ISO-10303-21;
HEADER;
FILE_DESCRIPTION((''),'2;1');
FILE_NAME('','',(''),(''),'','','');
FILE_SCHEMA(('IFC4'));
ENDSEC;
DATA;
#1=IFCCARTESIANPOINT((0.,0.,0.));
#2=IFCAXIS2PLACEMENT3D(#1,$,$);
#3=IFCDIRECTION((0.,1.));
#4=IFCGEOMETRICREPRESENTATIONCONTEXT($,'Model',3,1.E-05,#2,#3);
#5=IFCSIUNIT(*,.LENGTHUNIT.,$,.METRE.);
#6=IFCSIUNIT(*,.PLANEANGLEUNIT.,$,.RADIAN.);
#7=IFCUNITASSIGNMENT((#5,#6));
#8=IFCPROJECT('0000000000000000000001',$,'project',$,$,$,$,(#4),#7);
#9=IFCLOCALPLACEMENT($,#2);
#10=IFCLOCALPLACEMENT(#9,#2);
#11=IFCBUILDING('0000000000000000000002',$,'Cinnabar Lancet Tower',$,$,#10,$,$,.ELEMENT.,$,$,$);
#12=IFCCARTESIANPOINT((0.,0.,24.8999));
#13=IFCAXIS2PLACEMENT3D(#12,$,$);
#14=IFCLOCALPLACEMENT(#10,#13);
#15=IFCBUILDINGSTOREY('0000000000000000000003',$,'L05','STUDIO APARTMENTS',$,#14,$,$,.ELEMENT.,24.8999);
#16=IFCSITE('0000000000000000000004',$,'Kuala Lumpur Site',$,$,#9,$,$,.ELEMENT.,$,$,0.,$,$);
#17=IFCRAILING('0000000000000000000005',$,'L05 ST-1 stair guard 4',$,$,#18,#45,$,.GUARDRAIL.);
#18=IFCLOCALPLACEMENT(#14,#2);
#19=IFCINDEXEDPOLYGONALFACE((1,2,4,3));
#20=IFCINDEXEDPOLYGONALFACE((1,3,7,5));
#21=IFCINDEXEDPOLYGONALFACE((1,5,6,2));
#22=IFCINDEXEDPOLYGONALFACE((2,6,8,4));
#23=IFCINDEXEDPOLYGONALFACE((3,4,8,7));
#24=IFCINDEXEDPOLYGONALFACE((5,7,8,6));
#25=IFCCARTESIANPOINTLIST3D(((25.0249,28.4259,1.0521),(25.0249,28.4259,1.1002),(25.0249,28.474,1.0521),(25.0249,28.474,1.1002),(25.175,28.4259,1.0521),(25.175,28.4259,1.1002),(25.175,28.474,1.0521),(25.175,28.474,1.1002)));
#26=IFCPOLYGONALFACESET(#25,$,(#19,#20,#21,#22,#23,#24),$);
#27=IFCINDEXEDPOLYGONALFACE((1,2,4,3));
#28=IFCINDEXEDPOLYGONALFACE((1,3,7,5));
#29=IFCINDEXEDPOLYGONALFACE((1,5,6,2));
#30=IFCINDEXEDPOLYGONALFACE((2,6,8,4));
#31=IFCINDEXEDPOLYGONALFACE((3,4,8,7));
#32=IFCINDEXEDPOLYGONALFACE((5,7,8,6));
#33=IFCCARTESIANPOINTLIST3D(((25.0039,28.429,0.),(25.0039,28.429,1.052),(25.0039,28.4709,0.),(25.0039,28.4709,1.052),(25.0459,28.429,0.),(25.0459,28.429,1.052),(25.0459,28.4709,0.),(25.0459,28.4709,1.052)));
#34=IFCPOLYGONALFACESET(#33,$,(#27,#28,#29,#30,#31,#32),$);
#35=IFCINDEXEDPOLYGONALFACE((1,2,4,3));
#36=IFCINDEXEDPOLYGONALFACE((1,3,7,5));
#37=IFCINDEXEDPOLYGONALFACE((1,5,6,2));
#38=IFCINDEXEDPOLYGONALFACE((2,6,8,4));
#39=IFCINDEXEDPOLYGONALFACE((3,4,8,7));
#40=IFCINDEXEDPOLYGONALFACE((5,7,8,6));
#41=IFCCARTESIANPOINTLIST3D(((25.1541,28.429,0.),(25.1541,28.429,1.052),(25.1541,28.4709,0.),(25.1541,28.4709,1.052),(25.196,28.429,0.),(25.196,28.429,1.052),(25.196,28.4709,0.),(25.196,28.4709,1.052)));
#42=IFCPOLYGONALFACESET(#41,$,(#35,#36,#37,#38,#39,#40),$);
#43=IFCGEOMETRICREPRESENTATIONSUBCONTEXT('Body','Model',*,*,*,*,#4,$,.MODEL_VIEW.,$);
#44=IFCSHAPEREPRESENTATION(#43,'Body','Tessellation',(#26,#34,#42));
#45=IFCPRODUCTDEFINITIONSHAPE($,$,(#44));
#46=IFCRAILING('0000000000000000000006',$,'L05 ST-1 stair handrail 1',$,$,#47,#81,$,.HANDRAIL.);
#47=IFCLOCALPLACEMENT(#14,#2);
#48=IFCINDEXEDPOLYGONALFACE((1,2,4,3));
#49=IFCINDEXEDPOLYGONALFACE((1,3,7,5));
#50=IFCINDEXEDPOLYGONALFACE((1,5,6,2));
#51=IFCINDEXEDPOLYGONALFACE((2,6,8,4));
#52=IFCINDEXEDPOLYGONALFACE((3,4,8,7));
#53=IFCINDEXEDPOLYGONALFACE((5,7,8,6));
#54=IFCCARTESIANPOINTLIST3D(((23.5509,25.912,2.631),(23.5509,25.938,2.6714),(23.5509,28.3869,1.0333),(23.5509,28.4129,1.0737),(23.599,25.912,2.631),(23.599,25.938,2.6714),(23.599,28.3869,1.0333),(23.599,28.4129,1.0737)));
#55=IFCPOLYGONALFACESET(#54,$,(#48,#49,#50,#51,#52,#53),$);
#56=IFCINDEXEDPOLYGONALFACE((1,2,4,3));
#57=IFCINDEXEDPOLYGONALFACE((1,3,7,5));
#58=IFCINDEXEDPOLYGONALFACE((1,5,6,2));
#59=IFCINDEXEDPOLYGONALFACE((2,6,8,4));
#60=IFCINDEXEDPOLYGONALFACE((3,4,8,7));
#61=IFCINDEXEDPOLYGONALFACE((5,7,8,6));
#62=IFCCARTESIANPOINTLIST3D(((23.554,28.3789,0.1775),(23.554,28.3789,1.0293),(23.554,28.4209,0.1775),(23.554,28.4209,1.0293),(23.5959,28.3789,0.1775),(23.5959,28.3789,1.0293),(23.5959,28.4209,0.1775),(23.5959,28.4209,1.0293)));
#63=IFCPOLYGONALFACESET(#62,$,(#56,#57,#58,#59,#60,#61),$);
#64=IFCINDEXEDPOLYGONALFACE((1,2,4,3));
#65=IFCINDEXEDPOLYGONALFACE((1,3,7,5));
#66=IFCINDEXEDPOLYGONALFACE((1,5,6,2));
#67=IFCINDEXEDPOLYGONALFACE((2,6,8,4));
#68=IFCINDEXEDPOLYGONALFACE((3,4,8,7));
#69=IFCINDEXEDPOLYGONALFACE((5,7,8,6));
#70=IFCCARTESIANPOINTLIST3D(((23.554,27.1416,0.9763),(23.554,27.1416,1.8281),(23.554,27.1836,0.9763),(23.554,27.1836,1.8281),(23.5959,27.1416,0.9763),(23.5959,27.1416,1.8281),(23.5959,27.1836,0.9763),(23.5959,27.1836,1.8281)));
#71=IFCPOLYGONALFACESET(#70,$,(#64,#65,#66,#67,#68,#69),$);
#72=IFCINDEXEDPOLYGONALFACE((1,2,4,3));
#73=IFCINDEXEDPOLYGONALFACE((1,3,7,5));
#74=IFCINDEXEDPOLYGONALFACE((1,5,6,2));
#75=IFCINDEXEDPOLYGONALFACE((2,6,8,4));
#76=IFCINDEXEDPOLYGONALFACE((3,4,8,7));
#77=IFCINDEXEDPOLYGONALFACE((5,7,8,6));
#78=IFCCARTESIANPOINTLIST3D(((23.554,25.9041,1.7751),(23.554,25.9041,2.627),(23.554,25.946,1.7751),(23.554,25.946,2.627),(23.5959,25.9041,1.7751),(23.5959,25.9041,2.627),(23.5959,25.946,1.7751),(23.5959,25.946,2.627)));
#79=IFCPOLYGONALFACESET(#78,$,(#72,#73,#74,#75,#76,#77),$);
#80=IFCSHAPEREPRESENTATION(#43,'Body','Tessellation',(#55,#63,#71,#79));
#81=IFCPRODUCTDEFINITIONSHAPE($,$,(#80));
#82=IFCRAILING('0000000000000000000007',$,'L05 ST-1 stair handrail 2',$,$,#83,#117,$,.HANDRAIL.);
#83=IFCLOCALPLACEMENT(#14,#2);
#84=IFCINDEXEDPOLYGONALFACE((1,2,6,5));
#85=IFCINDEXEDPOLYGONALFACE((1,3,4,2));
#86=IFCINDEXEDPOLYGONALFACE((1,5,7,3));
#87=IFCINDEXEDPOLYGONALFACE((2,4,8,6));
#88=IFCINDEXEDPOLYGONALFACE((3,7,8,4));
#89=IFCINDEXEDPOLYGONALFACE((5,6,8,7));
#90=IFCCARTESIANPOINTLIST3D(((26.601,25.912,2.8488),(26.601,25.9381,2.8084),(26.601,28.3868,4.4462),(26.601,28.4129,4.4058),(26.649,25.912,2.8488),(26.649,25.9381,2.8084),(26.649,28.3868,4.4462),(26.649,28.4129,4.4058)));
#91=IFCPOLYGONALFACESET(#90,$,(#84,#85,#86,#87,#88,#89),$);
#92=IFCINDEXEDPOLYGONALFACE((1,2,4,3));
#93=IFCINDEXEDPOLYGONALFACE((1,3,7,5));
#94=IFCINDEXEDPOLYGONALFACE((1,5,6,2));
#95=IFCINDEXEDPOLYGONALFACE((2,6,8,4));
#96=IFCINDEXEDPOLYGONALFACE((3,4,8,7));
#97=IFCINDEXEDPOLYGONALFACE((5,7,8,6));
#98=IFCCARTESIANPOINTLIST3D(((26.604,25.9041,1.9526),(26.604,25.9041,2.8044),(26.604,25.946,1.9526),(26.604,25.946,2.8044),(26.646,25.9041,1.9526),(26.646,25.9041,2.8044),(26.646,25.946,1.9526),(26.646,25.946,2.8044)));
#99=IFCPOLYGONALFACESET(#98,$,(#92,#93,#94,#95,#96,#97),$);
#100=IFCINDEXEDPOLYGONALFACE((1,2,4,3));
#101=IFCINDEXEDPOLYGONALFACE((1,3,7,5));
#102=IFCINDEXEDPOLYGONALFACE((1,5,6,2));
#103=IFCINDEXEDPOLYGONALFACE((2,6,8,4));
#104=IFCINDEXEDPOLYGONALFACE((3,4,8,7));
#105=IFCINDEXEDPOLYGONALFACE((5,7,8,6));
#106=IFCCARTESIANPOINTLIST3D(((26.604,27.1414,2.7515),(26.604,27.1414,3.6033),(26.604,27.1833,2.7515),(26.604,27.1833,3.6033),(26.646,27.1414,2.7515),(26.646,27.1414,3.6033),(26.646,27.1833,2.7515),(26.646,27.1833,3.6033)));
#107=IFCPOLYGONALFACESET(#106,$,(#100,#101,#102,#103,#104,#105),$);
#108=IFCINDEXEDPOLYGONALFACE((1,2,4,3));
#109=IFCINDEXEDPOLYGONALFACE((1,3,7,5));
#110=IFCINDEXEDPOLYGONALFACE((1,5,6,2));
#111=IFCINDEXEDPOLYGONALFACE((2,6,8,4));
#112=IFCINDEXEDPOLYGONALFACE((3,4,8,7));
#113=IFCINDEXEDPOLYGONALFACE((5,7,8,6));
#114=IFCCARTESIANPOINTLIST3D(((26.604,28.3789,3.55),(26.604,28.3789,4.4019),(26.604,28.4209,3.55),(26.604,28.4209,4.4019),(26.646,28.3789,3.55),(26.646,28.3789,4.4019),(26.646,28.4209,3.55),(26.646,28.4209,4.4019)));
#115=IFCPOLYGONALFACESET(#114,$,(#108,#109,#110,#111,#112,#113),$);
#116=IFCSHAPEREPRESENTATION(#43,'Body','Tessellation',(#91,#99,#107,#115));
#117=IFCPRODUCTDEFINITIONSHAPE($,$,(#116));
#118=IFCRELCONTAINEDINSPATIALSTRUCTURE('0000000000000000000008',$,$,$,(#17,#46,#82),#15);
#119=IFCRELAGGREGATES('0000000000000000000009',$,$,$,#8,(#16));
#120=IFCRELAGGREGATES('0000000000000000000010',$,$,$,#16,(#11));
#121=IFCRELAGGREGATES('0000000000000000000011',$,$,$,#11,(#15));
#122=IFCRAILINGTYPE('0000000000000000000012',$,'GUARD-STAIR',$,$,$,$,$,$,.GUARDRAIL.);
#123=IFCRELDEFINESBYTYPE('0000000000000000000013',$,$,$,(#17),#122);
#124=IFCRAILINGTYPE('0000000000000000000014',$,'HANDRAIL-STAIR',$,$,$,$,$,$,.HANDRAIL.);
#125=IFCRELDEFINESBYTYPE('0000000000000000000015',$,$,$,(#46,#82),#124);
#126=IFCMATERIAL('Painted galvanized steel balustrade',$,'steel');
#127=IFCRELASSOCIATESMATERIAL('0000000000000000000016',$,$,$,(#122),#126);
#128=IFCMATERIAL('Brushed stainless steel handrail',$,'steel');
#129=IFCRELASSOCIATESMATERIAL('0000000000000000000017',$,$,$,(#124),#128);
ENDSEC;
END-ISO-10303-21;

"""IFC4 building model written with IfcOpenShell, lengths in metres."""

from ifc_helpers import new_model, si_unit, direction, frame, origin, origin_2d, place, context, subcontext, project, spatial, rectangle, extrude, material, type_object, element, save


model = new_model("IFC4")

# Units and contexts
model_context = context("Model", 3, precision=1e-05, world=origin(), true_north=direction((0.0, 1.0)))
body_context = subcontext(model_context, "Body", "Model", "MODEL_VIEW")
ifc_project = project(units=[si_unit("LENGTHUNIT", "METRE"), si_unit("PLANEANGLEUNIT", "RADIAN")], contexts=[model_context])

# Site, building, storey
site_placement = place(None, origin())
site = spatial("IfcSite", under=ifc_project, at=site_placement, Name="Kuala Lumpur Site", CompositionType="ELEMENT", RefElevation=0.0)
building_placement = place(site_placement, origin())
building = spatial("IfcBuilding", under=site, at=building_placement, Name="Cinnabar Lancet Tower", CompositionType="ELEMENT")
storey_placement = place(building_placement, frame((0.0, 0.0, 24.8999)))
storey = spatial("IfcBuildingStorey", under=building, at=storey_placement, Name="L05", Description="STUDIO APARTMENTS", CompositionType="ELEMENT", Elevation=24.8999)

# Railings
ifc_material_1 = material(Name="Painted galvanized steel balustrade", Category="steel")
railing_type_1 = type_object("IfcRailingType", Name="GUARD-STAIR", PredefinedType="GUARDRAIL", material=ifc_material_1)
railing_1_placement = place(storey_placement, frame((25.0249, 28.45, 0.0)))
element("IfcRailing", 1, at=railing_1_placement, inside=storey, type_object=railing_type_1, Name="L05 ST-1 stair guard 4", PredefinedType="GUARDRAIL", context=body_context, shape_type="SweptSolid", body=[
    extrude(rectangle(XDim=0.0481, YDim=0.0481, at=origin_2d()), frame((0.0, 0.0, 1.0762), z_axis=(1.0, 0.0, 0.0), x_axis=(0.0, 1.0, 0.0)), (0.0, 0.0, 1.0), 0.1501),
    extrude(rectangle(XDim=0.042, YDim=0.042, at=origin_2d()), origin(), (0.0, 0.0, 1.0), 1.052),
    extrude(rectangle(XDim=0.042, YDim=0.042, at=origin_2d()), frame((0.1501, 0.0, 0.0)), (0.0, 0.0, 1.0), 1.052),
])
ifc_material_2 = material(Name="Brushed stainless steel handrail", Category="steel")
railing_type_2 = type_object("IfcRailingType", Name="HANDRAIL-STAIR", PredefinedType="HANDRAIL", material=ifc_material_2)
railing_2_placement = place(storey_placement, frame((23.575, 28.3999, 0.1775)))
element("IfcRailing", 2, at=railing_2_placement, inside=storey, type_object=railing_type_2, Name="L05 ST-1 stair handrail 1", PredefinedType="HANDRAIL", context=body_context, shape_type="SweptSolid", body=[
    extrude(rectangle(XDim=0.0481, YDim=0.0481, at=origin_2d()), frame((0.0, 0.0, 0.876), z_axis=(0.0, -0.840146, 0.542361), x_axis=(1.0, 0.0, 0.0)), (0.0, 0.0, 1.0), 2.9458),
    extrude(rectangle(XDim=0.042, YDim=0.042, at=origin_2d()), origin(), (0.0, 0.0, 1.0), 0.8518),
    extrude(rectangle(XDim=0.042, YDim=0.042, at=origin_2d()), frame((0.0, -1.2373, 0.7988)), (0.0, 0.0, 1.0), 0.8518),
    extrude(rectangle(XDim=0.042, YDim=0.042, at=origin_2d()), frame((0.0, -2.4749, 1.5977)), (0.0, 0.0, 1.0), 0.8518),
])
railing_3_placement = place(storey_placement, frame((26.625, 25.925, 1.9526)))
element("IfcRailing", 3, at=railing_3_placement, inside=storey, type_object=railing_type_2, Name="L05 ST-1 stair handrail 2", PredefinedType="HANDRAIL", context=body_context, shape_type="SweptSolid", body=[
    extrude(rectangle(XDim=0.0481, YDim=0.0481, at=origin_2d()), frame((0.0, 0.0, 0.876), z_axis=(0.0, 0.840183, 0.542302), x_axis=(-1.0, 0.0, 0.0)), (0.0, 0.0, 1.0), 2.9456),
    extrude(rectangle(XDim=0.042, YDim=0.042, at=origin_2d()), origin(), (0.0, 0.0, 1.0), 0.8518),
    extrude(rectangle(XDim=0.042, YDim=0.042, at=origin_2d()), frame((0.0, 1.2373, 0.7988)), (0.0, 0.0, 1.0), 0.8518),
    extrude(rectangle(XDim=0.042, YDim=0.042, at=origin_2d()), frame((0.0, 2.4749, 1.5974)), (0.0, 0.0, 1.0), 0.8518),
])

save(model, "model.ifc")
